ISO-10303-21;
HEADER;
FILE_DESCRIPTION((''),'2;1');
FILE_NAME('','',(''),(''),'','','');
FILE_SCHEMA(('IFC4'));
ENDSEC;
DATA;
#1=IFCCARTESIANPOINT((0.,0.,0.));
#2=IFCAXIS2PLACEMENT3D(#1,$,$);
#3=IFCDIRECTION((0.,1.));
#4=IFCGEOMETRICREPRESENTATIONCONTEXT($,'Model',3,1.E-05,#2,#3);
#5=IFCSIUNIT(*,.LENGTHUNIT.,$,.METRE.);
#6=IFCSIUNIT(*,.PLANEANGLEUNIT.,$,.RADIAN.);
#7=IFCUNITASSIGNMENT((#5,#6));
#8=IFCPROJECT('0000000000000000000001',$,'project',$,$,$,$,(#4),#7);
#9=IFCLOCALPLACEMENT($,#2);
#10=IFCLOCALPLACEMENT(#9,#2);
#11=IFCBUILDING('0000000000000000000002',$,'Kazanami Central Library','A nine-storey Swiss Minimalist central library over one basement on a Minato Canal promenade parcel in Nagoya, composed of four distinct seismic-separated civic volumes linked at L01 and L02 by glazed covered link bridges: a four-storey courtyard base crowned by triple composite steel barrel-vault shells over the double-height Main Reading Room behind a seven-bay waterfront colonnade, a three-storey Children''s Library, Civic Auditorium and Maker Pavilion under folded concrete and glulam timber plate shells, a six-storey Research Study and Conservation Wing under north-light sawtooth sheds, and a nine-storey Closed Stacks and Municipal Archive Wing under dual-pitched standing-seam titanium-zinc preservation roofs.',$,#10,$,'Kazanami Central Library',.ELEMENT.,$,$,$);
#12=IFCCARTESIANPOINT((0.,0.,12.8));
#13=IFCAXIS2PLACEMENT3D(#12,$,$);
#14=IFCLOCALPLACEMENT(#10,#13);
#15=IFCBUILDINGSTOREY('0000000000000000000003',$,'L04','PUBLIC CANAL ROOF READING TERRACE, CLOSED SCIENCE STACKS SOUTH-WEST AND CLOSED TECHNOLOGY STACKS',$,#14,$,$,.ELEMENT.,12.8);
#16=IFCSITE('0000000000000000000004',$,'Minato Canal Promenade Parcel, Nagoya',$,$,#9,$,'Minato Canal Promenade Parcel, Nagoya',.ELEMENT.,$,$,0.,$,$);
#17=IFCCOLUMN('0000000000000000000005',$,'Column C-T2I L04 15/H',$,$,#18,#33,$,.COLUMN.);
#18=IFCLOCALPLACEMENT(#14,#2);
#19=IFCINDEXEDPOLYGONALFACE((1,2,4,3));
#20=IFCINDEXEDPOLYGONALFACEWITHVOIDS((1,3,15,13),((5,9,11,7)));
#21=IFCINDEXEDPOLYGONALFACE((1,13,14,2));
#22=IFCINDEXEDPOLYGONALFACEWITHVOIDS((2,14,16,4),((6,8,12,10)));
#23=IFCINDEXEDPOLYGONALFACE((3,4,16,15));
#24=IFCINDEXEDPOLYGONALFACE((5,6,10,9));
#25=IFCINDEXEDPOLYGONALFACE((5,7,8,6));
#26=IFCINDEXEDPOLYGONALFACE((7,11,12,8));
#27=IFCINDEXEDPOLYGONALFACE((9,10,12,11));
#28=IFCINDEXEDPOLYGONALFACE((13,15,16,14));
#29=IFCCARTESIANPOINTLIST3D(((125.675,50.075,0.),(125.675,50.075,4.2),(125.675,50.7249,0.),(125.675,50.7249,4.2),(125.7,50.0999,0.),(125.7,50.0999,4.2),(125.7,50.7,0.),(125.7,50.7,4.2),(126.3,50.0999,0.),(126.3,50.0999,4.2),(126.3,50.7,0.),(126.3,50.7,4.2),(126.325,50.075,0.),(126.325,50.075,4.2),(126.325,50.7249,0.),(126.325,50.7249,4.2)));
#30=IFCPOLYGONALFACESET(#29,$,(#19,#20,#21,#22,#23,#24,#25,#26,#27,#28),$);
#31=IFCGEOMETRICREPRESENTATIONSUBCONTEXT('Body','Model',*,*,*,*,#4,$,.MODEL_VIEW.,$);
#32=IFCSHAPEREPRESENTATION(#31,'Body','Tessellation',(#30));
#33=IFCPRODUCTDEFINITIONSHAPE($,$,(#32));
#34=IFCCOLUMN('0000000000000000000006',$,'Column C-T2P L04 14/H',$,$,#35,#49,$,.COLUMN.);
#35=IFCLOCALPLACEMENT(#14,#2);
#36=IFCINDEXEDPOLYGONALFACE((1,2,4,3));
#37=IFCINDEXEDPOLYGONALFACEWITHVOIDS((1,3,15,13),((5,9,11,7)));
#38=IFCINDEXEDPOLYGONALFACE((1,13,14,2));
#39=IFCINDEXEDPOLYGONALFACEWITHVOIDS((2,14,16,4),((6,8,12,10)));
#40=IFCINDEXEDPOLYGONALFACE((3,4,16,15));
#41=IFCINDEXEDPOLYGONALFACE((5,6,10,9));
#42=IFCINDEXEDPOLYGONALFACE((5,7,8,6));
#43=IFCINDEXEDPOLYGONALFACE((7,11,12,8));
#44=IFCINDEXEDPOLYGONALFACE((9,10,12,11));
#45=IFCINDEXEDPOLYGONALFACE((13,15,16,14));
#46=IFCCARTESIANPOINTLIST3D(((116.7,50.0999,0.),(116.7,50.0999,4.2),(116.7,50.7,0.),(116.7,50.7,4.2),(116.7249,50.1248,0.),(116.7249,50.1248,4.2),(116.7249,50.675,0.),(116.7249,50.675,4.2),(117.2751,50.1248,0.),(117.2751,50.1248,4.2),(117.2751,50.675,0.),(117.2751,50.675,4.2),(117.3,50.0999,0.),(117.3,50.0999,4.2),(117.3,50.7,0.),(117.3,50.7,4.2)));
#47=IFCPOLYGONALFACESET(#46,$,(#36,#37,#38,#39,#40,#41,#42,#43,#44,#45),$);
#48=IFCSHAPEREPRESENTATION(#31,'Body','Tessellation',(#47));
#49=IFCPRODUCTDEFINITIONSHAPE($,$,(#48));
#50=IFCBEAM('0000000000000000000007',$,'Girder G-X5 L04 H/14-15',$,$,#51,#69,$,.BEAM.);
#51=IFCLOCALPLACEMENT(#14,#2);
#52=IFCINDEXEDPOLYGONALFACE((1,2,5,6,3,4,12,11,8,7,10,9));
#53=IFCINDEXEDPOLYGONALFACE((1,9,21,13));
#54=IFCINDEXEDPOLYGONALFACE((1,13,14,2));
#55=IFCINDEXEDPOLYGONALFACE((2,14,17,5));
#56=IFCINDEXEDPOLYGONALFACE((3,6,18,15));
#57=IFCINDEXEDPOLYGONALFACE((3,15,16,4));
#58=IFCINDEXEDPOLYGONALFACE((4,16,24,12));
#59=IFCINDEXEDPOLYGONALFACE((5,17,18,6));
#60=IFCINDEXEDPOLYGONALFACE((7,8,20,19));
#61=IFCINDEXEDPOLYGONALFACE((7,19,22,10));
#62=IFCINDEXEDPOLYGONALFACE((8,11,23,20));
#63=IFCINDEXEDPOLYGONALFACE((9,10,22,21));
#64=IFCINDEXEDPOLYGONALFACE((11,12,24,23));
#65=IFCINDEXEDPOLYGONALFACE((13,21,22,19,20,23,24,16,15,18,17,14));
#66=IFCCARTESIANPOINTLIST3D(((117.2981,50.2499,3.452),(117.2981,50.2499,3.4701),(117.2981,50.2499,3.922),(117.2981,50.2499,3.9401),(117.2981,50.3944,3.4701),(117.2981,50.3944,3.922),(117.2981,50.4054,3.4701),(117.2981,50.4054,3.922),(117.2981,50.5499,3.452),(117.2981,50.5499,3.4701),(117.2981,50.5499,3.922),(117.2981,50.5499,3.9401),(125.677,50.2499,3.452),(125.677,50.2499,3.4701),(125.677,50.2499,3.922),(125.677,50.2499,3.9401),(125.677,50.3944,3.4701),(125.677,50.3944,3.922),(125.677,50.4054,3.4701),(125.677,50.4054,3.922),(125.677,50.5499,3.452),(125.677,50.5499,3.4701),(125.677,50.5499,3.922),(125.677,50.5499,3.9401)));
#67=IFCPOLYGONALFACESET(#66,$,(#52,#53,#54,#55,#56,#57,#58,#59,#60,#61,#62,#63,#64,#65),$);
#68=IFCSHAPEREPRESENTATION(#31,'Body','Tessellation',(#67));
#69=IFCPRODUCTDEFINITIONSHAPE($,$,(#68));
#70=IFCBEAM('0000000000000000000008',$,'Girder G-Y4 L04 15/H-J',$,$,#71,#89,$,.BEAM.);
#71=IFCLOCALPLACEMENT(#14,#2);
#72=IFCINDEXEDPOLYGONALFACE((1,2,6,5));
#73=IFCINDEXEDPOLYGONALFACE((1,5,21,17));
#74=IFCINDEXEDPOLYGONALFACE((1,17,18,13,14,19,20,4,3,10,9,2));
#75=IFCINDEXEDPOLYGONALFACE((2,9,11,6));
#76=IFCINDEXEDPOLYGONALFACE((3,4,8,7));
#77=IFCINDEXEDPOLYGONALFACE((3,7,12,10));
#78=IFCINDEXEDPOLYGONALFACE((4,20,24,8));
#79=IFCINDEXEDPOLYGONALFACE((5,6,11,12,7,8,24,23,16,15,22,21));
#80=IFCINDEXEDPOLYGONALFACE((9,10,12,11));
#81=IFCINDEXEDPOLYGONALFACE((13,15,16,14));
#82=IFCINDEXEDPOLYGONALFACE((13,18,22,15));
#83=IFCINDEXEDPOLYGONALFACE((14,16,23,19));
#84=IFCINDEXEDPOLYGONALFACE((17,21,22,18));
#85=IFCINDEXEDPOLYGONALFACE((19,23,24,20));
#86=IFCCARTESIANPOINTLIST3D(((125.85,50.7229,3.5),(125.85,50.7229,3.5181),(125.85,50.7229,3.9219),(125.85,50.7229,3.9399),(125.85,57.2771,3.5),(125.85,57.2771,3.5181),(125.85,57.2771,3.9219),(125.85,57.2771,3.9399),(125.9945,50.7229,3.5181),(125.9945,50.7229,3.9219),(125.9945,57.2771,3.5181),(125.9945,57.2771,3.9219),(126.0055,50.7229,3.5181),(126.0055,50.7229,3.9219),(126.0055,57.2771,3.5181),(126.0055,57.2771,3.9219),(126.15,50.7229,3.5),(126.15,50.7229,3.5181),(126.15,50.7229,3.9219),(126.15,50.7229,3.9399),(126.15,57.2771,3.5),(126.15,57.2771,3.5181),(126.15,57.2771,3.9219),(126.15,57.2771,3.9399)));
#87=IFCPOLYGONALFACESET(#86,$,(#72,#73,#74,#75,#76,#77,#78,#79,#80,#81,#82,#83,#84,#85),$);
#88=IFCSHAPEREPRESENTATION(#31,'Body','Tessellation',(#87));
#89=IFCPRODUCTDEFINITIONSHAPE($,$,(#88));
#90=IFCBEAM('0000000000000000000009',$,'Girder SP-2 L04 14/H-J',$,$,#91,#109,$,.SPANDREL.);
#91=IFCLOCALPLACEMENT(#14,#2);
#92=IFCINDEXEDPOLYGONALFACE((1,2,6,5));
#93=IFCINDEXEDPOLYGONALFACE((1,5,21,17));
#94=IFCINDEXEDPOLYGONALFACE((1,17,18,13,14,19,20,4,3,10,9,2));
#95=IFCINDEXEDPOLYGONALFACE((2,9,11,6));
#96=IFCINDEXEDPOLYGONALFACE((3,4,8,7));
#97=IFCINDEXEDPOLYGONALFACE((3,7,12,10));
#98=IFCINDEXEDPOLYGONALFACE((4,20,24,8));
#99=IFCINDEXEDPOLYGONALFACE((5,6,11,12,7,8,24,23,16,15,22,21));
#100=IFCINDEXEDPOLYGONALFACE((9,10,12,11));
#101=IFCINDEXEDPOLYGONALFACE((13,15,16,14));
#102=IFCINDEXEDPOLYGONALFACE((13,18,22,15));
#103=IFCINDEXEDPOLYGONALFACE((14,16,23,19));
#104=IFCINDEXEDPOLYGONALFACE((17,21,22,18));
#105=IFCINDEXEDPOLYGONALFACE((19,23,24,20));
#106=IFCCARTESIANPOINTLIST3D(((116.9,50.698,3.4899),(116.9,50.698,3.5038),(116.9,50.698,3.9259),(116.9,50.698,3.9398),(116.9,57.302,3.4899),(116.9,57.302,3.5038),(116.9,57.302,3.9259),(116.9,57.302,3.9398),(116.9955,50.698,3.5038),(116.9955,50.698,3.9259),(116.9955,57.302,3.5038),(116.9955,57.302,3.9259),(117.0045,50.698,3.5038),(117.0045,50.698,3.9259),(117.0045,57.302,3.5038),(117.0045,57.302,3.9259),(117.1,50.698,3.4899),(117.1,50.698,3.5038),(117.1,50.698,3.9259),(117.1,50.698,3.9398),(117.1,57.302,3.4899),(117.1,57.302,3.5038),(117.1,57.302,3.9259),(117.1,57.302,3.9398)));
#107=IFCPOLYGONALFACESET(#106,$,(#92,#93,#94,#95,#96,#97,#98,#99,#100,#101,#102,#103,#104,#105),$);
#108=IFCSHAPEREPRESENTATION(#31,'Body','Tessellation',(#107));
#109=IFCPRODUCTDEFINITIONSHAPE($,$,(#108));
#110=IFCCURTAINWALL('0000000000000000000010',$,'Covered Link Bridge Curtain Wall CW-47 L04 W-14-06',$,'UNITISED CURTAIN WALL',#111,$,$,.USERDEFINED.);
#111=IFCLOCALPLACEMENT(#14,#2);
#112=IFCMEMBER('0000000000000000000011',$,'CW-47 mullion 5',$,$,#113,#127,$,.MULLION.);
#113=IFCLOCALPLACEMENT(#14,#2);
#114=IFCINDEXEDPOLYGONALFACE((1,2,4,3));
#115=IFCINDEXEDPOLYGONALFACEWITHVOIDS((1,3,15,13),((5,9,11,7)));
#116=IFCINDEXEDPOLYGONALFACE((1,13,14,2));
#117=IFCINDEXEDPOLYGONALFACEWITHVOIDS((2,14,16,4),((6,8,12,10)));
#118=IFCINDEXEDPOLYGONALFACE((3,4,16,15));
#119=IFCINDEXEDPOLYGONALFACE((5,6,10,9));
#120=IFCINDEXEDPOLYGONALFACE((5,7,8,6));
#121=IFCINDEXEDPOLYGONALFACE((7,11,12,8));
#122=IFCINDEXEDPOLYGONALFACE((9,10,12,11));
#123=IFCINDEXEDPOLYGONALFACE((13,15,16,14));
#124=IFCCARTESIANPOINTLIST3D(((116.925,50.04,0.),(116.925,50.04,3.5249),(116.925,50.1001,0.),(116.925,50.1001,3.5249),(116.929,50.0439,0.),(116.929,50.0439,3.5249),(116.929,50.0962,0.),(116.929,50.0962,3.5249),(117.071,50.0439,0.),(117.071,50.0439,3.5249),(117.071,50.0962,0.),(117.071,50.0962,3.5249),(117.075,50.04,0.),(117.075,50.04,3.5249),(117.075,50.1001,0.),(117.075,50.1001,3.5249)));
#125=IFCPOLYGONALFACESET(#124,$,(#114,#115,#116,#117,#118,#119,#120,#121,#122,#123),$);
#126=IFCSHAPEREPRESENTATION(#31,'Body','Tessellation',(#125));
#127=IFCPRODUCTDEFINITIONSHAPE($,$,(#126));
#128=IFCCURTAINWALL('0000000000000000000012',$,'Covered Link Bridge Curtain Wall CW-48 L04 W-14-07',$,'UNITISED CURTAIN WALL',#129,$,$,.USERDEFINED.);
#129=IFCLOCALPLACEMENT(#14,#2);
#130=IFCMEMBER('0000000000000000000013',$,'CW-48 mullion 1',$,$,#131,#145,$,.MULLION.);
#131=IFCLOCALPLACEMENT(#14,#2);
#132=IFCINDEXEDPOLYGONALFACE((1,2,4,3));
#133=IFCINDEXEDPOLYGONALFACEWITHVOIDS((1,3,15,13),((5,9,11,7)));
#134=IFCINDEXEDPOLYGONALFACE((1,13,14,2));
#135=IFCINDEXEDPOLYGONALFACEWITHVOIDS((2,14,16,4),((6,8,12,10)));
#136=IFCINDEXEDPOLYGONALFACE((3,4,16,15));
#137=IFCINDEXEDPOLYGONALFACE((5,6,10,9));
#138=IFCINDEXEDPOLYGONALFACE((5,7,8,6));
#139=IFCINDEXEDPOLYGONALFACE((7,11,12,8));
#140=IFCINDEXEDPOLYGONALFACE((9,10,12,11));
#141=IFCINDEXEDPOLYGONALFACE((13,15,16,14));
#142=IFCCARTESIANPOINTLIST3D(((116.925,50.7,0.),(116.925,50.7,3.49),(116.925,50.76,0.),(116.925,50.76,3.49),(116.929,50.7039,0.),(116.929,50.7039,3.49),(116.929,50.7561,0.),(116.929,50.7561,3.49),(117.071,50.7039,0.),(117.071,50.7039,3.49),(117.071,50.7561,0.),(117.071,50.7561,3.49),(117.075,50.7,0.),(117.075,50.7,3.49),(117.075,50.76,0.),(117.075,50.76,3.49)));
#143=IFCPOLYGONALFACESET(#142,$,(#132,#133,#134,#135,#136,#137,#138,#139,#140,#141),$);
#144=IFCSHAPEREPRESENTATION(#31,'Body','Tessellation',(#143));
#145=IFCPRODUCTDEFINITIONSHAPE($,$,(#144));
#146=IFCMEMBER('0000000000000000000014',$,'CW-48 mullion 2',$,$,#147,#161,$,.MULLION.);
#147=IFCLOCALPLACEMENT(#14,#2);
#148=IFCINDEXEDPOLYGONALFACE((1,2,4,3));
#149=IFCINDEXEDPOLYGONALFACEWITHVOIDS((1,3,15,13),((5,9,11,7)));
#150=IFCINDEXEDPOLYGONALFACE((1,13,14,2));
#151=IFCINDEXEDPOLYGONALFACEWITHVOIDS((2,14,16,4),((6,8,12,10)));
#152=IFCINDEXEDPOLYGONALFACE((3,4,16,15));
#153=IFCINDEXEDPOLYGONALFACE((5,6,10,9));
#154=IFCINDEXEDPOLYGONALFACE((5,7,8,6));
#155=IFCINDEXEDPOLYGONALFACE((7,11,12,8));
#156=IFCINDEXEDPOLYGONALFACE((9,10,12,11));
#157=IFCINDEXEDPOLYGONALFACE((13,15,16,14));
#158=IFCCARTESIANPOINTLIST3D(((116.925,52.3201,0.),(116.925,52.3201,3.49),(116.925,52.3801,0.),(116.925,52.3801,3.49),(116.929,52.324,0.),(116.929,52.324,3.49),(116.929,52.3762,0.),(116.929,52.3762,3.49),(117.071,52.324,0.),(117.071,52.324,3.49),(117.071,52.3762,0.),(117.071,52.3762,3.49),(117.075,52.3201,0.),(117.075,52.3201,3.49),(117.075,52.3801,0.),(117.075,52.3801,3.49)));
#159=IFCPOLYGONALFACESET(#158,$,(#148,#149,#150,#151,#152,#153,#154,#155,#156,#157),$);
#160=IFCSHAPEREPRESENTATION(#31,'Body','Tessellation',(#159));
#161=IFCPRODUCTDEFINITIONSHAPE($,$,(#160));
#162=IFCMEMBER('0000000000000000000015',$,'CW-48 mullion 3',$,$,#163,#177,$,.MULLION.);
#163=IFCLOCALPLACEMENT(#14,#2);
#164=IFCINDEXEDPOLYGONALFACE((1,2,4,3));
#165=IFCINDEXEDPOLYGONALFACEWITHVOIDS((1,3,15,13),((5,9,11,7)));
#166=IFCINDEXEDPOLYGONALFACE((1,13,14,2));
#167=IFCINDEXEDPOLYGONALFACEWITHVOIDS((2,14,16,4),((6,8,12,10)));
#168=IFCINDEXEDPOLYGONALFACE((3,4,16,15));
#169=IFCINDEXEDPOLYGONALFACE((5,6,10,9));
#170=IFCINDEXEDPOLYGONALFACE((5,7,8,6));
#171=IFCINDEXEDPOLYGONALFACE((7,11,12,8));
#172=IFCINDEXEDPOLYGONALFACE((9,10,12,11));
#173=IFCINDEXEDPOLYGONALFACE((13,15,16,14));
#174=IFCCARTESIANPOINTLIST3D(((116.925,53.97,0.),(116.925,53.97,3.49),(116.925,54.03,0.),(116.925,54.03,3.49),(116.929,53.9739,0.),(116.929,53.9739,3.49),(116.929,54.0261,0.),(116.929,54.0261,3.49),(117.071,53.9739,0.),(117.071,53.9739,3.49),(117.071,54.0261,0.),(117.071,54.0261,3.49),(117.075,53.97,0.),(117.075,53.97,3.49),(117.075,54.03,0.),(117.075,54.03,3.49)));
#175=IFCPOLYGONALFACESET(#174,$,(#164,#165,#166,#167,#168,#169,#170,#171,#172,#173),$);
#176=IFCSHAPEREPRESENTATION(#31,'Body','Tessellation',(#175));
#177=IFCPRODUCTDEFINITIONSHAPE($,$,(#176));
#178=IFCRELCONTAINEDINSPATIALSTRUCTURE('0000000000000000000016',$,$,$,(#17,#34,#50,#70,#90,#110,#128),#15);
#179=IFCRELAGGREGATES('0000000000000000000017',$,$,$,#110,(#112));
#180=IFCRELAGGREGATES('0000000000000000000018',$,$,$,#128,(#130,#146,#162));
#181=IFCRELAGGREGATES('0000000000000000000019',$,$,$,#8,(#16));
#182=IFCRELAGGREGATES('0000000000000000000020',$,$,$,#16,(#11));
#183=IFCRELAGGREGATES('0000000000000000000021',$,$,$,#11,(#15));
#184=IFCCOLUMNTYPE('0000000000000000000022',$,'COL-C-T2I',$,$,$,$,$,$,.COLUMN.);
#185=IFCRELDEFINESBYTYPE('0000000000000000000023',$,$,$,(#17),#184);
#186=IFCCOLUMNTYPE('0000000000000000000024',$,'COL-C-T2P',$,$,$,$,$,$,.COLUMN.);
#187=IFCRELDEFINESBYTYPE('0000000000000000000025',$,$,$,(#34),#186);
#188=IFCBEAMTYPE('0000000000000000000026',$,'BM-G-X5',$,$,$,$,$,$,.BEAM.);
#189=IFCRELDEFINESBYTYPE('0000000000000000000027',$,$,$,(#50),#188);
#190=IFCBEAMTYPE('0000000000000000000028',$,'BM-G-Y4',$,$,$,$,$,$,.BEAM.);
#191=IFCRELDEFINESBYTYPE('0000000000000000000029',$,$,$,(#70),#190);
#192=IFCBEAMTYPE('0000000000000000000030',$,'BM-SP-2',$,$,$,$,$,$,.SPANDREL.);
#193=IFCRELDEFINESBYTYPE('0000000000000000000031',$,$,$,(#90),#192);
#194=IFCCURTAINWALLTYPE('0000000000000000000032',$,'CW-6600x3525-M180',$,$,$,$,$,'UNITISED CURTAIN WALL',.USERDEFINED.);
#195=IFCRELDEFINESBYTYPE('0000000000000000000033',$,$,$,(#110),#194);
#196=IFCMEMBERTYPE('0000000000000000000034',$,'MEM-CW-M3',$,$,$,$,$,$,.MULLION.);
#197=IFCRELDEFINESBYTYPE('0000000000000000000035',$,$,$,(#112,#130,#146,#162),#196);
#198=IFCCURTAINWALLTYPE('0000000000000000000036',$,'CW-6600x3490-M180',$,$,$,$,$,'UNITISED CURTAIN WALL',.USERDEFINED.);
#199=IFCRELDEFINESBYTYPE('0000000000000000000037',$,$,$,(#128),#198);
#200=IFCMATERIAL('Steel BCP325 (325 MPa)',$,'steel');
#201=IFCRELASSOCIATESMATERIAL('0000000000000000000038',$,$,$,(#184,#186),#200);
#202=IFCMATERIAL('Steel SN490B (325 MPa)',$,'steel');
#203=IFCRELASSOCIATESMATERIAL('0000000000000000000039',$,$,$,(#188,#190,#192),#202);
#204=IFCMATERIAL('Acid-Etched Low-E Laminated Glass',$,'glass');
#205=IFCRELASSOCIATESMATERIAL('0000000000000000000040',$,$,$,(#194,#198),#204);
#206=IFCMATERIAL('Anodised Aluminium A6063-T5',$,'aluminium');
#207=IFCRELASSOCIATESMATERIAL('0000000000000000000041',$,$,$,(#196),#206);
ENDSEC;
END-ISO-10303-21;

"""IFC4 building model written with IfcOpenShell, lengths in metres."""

from ifc_helpers import new_model, si_unit, direction, frame, origin, origin_2d, place, context, subcontext, project, spatial, hollow_rectangle, i_section, extrude, material, material_profile, profile_set, type_object, element, aggregate, save


model = new_model("IFC4")

# Units and contexts
model_context = context("Model", 3, precision=1e-05, world=origin(), true_north=direction((0.0, 1.0)))
body_context = subcontext(model_context, "Body", "Model", "MODEL_VIEW")
ifc_project = project(units=[si_unit("LENGTHUNIT", "METRE"), si_unit("PLANEANGLEUNIT", "RADIAN")], contexts=[model_context])

# Site, building, storey
site_placement = place(None, origin())
site = spatial("IfcSite", under=ifc_project, at=site_placement, Name="Minato Canal Promenade Parcel, Nagoya", LongName="Minato Canal Promenade Parcel, Nagoya", CompositionType="ELEMENT", RefElevation=0.0)
building_placement = place(site_placement, origin())
building = spatial("IfcBuilding", under=site, at=building_placement, Name="Kazanami Central Library", Description="A nine-storey Swiss Minimalist central library over one basement on a Minato Canal promenade parcel in Nagoya, composed of four distinct seismic-separated civic volumes linked at L01 and L02 by glazed covered link bridges: a four-storey courtyard base crowned by triple composite steel barrel-vault shells over the double-height Main Reading Room behind a seven-bay waterfront colonnade, a three-storey Children's Library, Civic Auditorium and Maker Pavilion under folded concrete and glulam timber plate shells, a six-storey Research Study and Conservation Wing under north-light sawtooth sheds, and a nine-storey Closed Stacks and Municipal Archive Wing under dual-pitched standing-seam titanium-zinc preservation roofs.", LongName="Kazanami Central Library", CompositionType="ELEMENT")
storey_placement = place(building_placement, frame((0.0, 0.0, 12.8)))
storey = spatial("IfcBuildingStorey", under=building, at=storey_placement, Name="L04", Description="PUBLIC CANAL ROOF READING TERRACE, CLOSED SCIENCE STACKS SOUTH-WEST AND CLOSED TECHNOLOGY STACKS", CompositionType="ELEMENT", Elevation=12.8)

# Columns
ifc_material_1 = material(Name="Steel BCP325 (325 MPa)", Category="steel")
ifc_material_profile_1 = material_profile(ifc_material_1, hollow_rectangle(XDim=0.6499, YDim=0.6499, WallThickness=0.0249, at=origin_2d()), Name="BCP-650x650x25")
ifc_profile_set_1 = profile_set([ifc_material_profile_1], Name="Steel BCP325 (325 MPa)")
column_type_1 = type_object("IfcColumnType", Name="COL-C-T2I", PredefinedType="COLUMN", material=ifc_profile_set_1)
column_1_placement = place(storey_placement, frame((126.0, 50.3999, 0.0), z_axis=(0.0, 0.0, 1.0), x_axis=(1.0, 0.0, 0.0)))
element("IfcColumn", 1, at=column_1_placement, inside=storey, type_object=column_type_1, Name="Column C-T2I L04 15/H", PredefinedType="COLUMN", context=body_context, shape_type="SweptSolid", body=[
    extrude(hollow_rectangle(XDim=0.6499, YDim=0.6499, WallThickness=0.0249, at=origin_2d()), origin(), (0.0, 0.0, 1.0), 4.2),
])
ifc_material_profile_2 = material_profile(ifc_material_1, hollow_rectangle(XDim=0.6001, YDim=0.6001, WallThickness=0.0249, at=origin_2d()), Name="BCP-600x600x25")
ifc_profile_set_2 = profile_set([ifc_material_profile_2], Name="Steel BCP325 (325 MPa)")
column_type_2 = type_object("IfcColumnType", Name="COL-C-T2P", PredefinedType="COLUMN", material=ifc_profile_set_2)
column_2_placement = place(storey_placement, frame((117.0, 50.3999, 0.0), z_axis=(0.0, 0.0, 1.0), x_axis=(1.0, 0.0, 0.0)))
element("IfcColumn", 2, at=column_2_placement, inside=storey, type_object=column_type_2, Name="Column C-T2P L04 14/H", PredefinedType="COLUMN", context=body_context, shape_type="SweptSolid", body=[
    extrude(hollow_rectangle(XDim=0.6001, YDim=0.6001, WallThickness=0.0249, at=origin_2d()), origin(), (0.0, 0.0, 1.0), 4.2),
])

# Beams
ifc_material_2 = material(Name="Steel SN490B (325 MPa)", Category="steel")
ifc_material_profile_3 = material_profile(ifc_material_2, i_section(OverallWidth=0.3, OverallDepth=0.488, WebThickness=0.011, FlangeThickness=0.0181, at=origin_2d()), Name="H-488x300x11x18")
ifc_profile_set_3 = profile_set([ifc_material_profile_3], Name="Steel SN490B (325 MPa)")
beam_type_1 = type_object("IfcBeamType", Name="BM-G-X5", PredefinedType="BEAM", material=ifc_profile_set_3)
beam_1_placement = place(storey_placement, frame((117.2981, 50.3999, 3.696), z_axis=(1.0, 0.0, 0.0), x_axis=(0.0, 1.0, 0.0)))
element("IfcBeam", 3, at=beam_1_placement, inside=storey, type_object=beam_type_1, Name="Girder G-X5 L04 H/14-15", PredefinedType="BEAM", context=body_context, shape_type="SweptSolid", body=[
    extrude(i_section(OverallWidth=0.3, OverallDepth=0.488, WebThickness=0.011, FlangeThickness=0.0181, at=origin_2d()), origin(), (0.0, 0.0, 1.0), 8.3789),
])
ifc_material_profile_4 = material_profile(ifc_material_2, i_section(OverallWidth=0.3, OverallDepth=0.4399, WebThickness=0.011, FlangeThickness=0.0181, at=origin_2d()), Name="H-440x300x11x18")
ifc_profile_set_4 = profile_set([ifc_material_profile_4], Name="Steel SN490B (325 MPa)")
beam_type_2 = type_object("IfcBeamType", Name="BM-G-Y4", PredefinedType="BEAM", material=ifc_profile_set_4)
beam_2_placement = place(storey_placement, frame((126.0, 50.7229, 3.72), z_axis=(0.0, 1.0, 0.0), x_axis=(-1.0, 0.0, 0.0)))
element("IfcBeam", 4, at=beam_2_placement, inside=storey, type_object=beam_type_2, Name="Girder G-Y4 L04 15/H-J", PredefinedType="BEAM", context=body_context, shape_type="SweptSolid", body=[
    extrude(i_section(OverallWidth=0.3, OverallDepth=0.4399, WebThickness=0.011, FlangeThickness=0.0181, at=origin_2d()), origin(), (0.0, 0.0, 1.0), 6.5542),
])
ifc_material_profile_5 = material_profile(ifc_material_2, i_section(OverallWidth=0.2, OverallDepth=0.45, WebThickness=0.009, FlangeThickness=0.0139, at=origin_2d()), Name="H-450x200x9x14")
ifc_profile_set_5 = profile_set([ifc_material_profile_5], Name="Steel SN490B (325 MPa)")
beam_type_3 = type_object("IfcBeamType", Name="BM-SP-2", PredefinedType="SPANDREL", material=ifc_profile_set_5)
beam_3_placement = place(storey_placement, frame((117.0, 50.698, 3.7148), z_axis=(0.0, 1.0, 0.0), x_axis=(-1.0, 0.0, 0.0)))
element("IfcBeam", 5, at=beam_3_placement, inside=storey, type_object=beam_type_3, Name="Girder SP-2 L04 14/H-J", PredefinedType="SPANDREL", context=body_context, shape_type="SweptSolid", body=[
    extrude(i_section(OverallWidth=0.2, OverallDepth=0.45, WebThickness=0.009, FlangeThickness=0.0139, at=origin_2d()), origin(), (0.0, 0.0, 1.0), 6.604),
])

# Curtain wall, member
ifc_material_3 = material(Name="Acid-Etched Low-E Laminated Glass", Category="glass")
curtain_wall_type_1 = type_object("IfcCurtainWallType", Name="CW-6600x3525-M180", ElementType="UNITISED CURTAIN WALL", PredefinedType="USERDEFINED", material=ifc_material_3)
curtain_wall_1_placement = place(storey_placement, origin())
curtain_wall_1 = element("IfcCurtainWall", 6, at=curtain_wall_1_placement, inside=storey, type_object=curtain_wall_type_1, Name="Covered Link Bridge Curtain Wall CW-47 L04 W-14-06", ObjectType="UNITISED CURTAIN WALL", PredefinedType="USERDEFINED")
ifc_material_4 = material(Name="Anodised Aluminium A6063-T5", Category="aluminium")
ifc_material_profile_6 = material_profile(ifc_material_4, hollow_rectangle(XDim=0.0601, YDim=0.1499, WallThickness=0.0039, at=origin_2d()), Name="ALU-MULL-60x150x4")
ifc_profile_set_6 = profile_set([ifc_material_profile_6], Name="Anodised Aluminium A6063-T5")
member_type_1 = type_object("IfcMemberType", Name="MEM-CW-M3", PredefinedType="MULLION", material=ifc_profile_set_6)
member_1_placement = place(storey_placement, frame((117.0, 50.0701, 0.0), z_axis=(0.0, 0.0, 1.0), x_axis=(0.0, 1.0, 0.0)))
member_1 = element("IfcMember", 7, at=member_1_placement, type_object=member_type_1, Name="CW-47 mullion 5", PredefinedType="MULLION", context=body_context, shape_type="SweptSolid", body=[
    extrude(hollow_rectangle(XDim=0.0601, YDim=0.1499, WallThickness=0.0039, at=origin_2d()), origin(), (0.0, 0.0, 1.0), 3.5249),
])

# Curtain wall, members
curtain_wall_type_2 = type_object("IfcCurtainWallType", Name="CW-6600x3490-M180", ElementType="UNITISED CURTAIN WALL", PredefinedType="USERDEFINED", material=ifc_material_3)
curtain_wall_2_placement = place(storey_placement, origin())
curtain_wall_2 = element("IfcCurtainWall", 8, at=curtain_wall_2_placement, inside=storey, type_object=curtain_wall_type_2, Name="Covered Link Bridge Curtain Wall CW-48 L04 W-14-07", ObjectType="UNITISED CURTAIN WALL", PredefinedType="USERDEFINED")
member_2_placement = place(storey_placement, frame((117.0, 50.73, 0.0), z_axis=(0.0, 0.0, 1.0), x_axis=(0.0, 1.0, 0.0)))
member_2 = element("IfcMember", 9, at=member_2_placement, type_object=member_type_1, Name="CW-48 mullion 1", PredefinedType="MULLION", context=body_context, shape_type="SweptSolid", body=[
    extrude(hollow_rectangle(XDim=0.0601, YDim=0.1499, WallThickness=0.0039, at=origin_2d()), origin(), (0.0, 0.0, 1.0), 3.49),
])
member_3_placement = place(storey_placement, frame((117.0, 52.3501, 0.0), z_axis=(0.0, 0.0, 1.0), x_axis=(0.0, 1.0, 0.0)))
member_3 = element("IfcMember", 10, at=member_3_placement, type_object=member_type_1, Name="CW-48 mullion 2", PredefinedType="MULLION", context=body_context, shape_type="SweptSolid", body=[
    extrude(hollow_rectangle(XDim=0.0601, YDim=0.1499, WallThickness=0.0039, at=origin_2d()), origin(), (0.0, 0.0, 1.0), 3.49),
])
member_4_placement = place(storey_placement, frame((117.0, 54.0, 0.0), z_axis=(0.0, 0.0, 1.0), x_axis=(0.0, 1.0, 0.0)))
member_4 = element("IfcMember", 11, at=member_4_placement, type_object=member_type_1, Name="CW-48 mullion 3", PredefinedType="MULLION", context=body_context, shape_type="SweptSolid", body=[
    extrude(hollow_rectangle(XDim=0.0601, YDim=0.1499, WallThickness=0.0039, at=origin_2d()), origin(), (0.0, 0.0, 1.0), 3.49),
])

aggregate(curtain_wall_1, [member_1])
aggregate(curtain_wall_2, [member_2, member_3, member_4])

save(model, "model.ifc")
